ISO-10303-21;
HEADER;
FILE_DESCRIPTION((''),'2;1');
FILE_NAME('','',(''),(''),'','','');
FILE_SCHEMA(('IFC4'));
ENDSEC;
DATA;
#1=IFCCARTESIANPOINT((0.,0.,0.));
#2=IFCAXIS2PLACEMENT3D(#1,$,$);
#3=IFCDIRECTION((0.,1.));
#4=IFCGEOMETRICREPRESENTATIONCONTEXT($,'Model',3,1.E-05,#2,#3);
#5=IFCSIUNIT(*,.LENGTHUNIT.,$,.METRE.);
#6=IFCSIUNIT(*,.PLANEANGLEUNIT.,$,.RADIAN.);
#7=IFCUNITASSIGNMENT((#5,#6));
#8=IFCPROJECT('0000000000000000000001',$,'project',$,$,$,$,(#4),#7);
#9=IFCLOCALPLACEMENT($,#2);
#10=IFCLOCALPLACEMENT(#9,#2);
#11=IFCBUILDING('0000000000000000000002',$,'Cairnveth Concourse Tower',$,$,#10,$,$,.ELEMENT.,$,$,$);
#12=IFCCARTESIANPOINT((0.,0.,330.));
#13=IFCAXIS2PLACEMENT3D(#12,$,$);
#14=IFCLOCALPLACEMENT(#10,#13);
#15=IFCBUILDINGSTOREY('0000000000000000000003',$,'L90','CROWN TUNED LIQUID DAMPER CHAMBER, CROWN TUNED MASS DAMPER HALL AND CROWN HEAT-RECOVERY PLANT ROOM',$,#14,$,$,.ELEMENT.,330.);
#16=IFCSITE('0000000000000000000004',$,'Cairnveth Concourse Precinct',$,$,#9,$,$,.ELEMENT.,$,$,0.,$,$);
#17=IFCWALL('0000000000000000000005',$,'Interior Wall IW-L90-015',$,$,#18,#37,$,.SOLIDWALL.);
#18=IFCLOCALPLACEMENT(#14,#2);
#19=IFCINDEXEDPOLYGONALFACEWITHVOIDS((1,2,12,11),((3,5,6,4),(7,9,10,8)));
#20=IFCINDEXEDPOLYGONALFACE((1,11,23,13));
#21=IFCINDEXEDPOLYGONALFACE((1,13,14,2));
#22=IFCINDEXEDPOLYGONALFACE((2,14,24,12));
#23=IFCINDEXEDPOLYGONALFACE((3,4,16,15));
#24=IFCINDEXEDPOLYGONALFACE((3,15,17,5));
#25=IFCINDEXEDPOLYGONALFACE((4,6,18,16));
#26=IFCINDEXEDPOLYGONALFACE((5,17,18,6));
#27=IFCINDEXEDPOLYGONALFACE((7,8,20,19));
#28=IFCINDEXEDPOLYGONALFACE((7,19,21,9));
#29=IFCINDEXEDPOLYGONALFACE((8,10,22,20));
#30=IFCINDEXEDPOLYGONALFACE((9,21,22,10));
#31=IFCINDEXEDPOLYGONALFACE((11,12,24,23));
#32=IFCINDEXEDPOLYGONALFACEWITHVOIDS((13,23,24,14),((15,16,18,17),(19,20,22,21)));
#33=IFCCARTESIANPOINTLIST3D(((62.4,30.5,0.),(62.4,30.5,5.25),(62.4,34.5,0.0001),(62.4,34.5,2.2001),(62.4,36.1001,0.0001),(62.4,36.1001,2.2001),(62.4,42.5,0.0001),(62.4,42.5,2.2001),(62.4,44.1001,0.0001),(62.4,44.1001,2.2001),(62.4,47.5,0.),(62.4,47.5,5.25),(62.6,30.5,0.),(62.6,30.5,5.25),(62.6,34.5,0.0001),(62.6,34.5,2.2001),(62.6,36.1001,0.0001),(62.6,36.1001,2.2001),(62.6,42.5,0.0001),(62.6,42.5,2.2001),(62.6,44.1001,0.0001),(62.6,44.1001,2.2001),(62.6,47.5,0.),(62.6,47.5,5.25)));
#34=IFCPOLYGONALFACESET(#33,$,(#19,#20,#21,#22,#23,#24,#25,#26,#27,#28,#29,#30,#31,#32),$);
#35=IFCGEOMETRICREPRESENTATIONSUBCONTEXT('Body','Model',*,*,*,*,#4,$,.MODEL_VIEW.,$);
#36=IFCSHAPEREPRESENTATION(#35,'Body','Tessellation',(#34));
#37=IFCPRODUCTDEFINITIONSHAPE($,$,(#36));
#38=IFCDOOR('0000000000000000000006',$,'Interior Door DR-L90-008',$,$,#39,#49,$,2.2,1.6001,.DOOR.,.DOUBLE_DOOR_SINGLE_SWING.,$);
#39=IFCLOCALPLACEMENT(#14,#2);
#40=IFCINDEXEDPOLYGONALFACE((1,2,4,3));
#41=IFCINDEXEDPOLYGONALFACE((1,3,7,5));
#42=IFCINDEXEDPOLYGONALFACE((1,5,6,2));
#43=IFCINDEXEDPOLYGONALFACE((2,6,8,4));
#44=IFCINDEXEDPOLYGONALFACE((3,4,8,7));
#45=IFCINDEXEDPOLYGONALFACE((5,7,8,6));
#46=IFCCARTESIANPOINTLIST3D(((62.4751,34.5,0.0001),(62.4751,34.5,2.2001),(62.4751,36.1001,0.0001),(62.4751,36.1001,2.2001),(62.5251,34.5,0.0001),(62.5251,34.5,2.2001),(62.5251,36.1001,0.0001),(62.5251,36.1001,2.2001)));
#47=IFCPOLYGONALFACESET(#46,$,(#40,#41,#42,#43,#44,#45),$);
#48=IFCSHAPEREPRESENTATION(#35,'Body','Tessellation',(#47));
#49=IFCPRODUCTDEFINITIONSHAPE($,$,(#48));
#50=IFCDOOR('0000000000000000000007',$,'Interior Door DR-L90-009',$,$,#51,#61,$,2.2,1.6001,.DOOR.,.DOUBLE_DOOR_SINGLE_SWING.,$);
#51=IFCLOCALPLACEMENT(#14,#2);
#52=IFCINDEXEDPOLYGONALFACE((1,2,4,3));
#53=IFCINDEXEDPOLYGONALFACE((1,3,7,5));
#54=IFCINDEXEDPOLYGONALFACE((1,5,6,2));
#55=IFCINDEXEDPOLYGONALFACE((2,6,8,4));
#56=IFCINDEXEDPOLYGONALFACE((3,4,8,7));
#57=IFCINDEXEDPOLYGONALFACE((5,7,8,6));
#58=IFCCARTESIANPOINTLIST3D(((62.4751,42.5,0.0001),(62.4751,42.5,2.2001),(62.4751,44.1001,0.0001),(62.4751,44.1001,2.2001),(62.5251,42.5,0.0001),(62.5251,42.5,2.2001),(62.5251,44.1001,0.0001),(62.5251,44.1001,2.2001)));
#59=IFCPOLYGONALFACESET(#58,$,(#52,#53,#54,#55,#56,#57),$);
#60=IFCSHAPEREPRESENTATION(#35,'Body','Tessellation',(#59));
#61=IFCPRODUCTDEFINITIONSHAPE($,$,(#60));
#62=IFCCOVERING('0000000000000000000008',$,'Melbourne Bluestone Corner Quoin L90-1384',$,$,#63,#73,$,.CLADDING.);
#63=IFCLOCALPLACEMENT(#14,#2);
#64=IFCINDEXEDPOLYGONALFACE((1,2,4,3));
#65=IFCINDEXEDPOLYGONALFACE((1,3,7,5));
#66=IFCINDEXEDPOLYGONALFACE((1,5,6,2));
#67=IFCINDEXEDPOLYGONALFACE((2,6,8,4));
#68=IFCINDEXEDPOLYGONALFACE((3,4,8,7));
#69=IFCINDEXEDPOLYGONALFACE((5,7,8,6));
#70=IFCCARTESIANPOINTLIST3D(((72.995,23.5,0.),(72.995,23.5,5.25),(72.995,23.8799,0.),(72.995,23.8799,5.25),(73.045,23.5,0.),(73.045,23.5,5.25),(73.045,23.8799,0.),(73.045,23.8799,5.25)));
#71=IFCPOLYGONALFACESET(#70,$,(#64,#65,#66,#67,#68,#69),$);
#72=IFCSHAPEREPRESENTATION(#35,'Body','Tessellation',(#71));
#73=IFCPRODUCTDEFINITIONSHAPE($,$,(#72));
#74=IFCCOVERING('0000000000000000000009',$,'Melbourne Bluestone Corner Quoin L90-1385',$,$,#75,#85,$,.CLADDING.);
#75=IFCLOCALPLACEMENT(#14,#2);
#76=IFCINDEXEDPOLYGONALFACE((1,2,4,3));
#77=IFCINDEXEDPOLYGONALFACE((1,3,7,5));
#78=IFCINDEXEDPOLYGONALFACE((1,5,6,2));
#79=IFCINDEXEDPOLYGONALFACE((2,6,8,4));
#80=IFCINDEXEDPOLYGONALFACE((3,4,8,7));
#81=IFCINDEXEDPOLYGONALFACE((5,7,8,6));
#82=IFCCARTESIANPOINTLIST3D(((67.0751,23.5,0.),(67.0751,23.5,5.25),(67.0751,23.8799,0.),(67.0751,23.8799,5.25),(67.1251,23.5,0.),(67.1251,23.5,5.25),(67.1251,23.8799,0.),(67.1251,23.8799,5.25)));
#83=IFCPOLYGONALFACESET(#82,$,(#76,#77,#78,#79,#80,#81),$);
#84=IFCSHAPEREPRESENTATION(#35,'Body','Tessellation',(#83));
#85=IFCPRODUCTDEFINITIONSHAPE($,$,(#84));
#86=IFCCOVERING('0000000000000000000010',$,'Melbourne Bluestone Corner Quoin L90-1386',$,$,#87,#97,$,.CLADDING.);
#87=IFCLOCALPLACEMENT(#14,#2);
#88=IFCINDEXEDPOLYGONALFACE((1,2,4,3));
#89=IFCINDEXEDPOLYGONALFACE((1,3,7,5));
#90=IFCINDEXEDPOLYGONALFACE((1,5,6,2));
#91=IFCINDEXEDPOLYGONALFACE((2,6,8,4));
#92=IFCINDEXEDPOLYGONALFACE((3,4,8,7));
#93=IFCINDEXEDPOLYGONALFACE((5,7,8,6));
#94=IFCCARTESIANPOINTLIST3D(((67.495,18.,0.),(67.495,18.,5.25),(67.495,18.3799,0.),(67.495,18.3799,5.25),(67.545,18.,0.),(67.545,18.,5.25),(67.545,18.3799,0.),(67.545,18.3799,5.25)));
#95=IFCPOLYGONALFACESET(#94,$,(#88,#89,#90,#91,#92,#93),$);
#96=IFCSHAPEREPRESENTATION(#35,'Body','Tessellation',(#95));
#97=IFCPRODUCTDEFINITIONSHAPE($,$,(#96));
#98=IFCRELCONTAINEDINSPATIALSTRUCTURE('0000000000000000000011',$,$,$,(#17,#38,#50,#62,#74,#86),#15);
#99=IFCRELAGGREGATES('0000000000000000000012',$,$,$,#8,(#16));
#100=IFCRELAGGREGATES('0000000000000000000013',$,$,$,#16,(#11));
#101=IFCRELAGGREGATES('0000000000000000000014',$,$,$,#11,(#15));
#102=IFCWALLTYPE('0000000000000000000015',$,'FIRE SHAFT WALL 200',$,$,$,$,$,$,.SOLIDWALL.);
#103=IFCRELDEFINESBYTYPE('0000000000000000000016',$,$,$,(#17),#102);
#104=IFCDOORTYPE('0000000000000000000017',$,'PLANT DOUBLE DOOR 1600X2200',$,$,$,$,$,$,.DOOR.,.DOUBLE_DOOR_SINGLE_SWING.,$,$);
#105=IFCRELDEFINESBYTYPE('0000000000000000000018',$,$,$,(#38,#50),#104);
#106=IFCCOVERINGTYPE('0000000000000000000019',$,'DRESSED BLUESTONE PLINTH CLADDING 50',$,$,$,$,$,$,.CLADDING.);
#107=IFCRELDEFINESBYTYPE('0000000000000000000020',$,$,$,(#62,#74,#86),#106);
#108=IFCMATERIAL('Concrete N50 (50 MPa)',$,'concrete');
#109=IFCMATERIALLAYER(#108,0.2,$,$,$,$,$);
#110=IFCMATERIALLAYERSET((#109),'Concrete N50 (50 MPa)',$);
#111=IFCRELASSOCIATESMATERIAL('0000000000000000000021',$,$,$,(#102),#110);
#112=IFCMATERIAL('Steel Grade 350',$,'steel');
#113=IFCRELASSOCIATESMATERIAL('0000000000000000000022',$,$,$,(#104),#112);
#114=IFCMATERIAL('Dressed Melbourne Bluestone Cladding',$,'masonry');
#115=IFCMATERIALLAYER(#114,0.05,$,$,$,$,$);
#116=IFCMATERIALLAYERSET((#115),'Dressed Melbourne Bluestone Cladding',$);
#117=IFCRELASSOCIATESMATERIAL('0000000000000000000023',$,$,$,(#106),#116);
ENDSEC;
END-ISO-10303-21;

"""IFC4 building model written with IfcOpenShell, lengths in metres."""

from ifc_helpers import new_model, si_unit, direction, frame, frame_2d, origin, place, context, subcontext, project, spatial, rectangle, extrude, material, layer, layer_set, type_object, element, fill, save


model = new_model("IFC4")

# Units and contexts
model_context = context("Model", 3, precision=1e-05, world=origin(), true_north=direction((0.0, 1.0)))
body_context = subcontext(model_context, "Body", "Model", "MODEL_VIEW")
ifc_project = project(units=[si_unit("LENGTHUNIT", "METRE"), si_unit("PLANEANGLEUNIT", "RADIAN")], contexts=[model_context])

# Site, building, storey
site_placement = place(None, origin())
site = spatial("IfcSite", under=ifc_project, at=site_placement, Name="Cairnveth Concourse Precinct", CompositionType="ELEMENT", RefElevation=0.0)
building_placement = place(site_placement, origin())
building = spatial("IfcBuilding", under=site, at=building_placement, Name="Cairnveth Concourse Tower", CompositionType="ELEMENT")
storey_placement = place(building_placement, frame((0.0, 0.0, 330.0)))
storey = spatial("IfcBuildingStorey", under=building, at=storey_placement, Name="L90", Description="CROWN TUNED LIQUID DAMPER CHAMBER, CROWN TUNED MASS DAMPER HALL AND CROWN HEAT-RECOVERY PLANT ROOM", CompositionType="ELEMENT", Elevation=330.0)

# Shared definitions
ifc_material_1 = material(Name="Steel Grade 350", Category="steel")

# Wall, openings, doors
ifc_material_2 = material(Name="Concrete N50 (50 MPa)", Category="concrete")
ifc_layer_1 = layer(ifc_material_2, 0.2)
ifc_layer_set_1 = layer_set([ifc_layer_1], Name="Concrete N50 (50 MPa)")
wall_type_1 = type_object("IfcWallType", Name="FIRE SHAFT WALL 200", PredefinedType="SOLIDWALL", material=ifc_layer_set_1)
wall_1_placement = place(storey_placement, frame((62.5, 30.5, 0.0), z_axis=(0.0, 0.0, 1.0), x_axis=(0.0, 1.0, 0.0)))
wall_1 = element("IfcWall", 1, at=wall_1_placement, inside=storey, type_object=wall_type_1, Name="Interior Wall IW-L90-015", PredefinedType="SOLIDWALL", context=body_context, shape_type="SweptSolid", body=[
    extrude(rectangle(XDim=17.0, YDim=0.2, at=frame_2d((8.5, 0.0))), origin(), (0.0, 0.0, 1.0), 5.25),
])
opening_1_placement = place(wall_1_placement, frame((4.0, 0.0, 0.0)))
opening_1 = element("IfcOpeningElement", 2, at=opening_1_placement, cuts=wall_1, PredefinedType="OPENING", context=body_context, shape_type="SweptSolid", body=[
    extrude(rectangle(XDim=1.6001, YDim=2.2, at=frame_2d((0.8, 1.1001))), frame((0.0, 0.1099, 0.0), z_axis=(0.0, -1.0, 0.0), x_axis=(1.0, 0.0, 0.0)), (0.0, 0.0, 1.0), 0.22),
])
opening_2_placement = place(wall_1_placement, frame((12.0, 0.0, 0.0)))
opening_2 = element("IfcOpeningElement", 3, at=opening_2_placement, cuts=wall_1, PredefinedType="OPENING", context=body_context, shape_type="SweptSolid", body=[
    extrude(rectangle(XDim=1.6001, YDim=2.2, at=frame_2d((0.8, 1.1001))), frame((0.0, 0.1099, 0.0), z_axis=(0.0, -1.0, 0.0), x_axis=(1.0, 0.0, 0.0)), (0.0, 0.0, 1.0), 0.22),
])
door_type = type_object("IfcDoorType", Name="PLANT DOUBLE DOOR 1600X2200", OperationType="DOUBLE_DOOR_SINGLE_SWING", PredefinedType="DOOR", material=ifc_material_1)
door_1_placement = place(opening_1_placement, origin())
door_1 = element("IfcDoor", 4, at=door_1_placement, inside=storey, type_object=door_type, Name="Interior Door DR-L90-008", OperationType="DOUBLE_DOOR_SINGLE_SWING", OverallHeight=2.2, OverallWidth=1.6001, PredefinedType="DOOR", context=body_context, shape_type="SweptSolid", body=[
    extrude(rectangle(XDim=1.6001, YDim=2.2, at=frame_2d((0.8, 1.1001))), frame((0.0, 0.0249, 0.0), z_axis=(0.0, -1.0, 0.0), x_axis=(1.0, 0.0, 0.0)), (0.0, 0.0, 1.0), 0.05),
])
fill(opening_1, door_1)
door_2_placement = place(opening_2_placement, origin())
door_2 = element("IfcDoor", 5, at=door_2_placement, inside=storey, type_object=door_type, Name="Interior Door DR-L90-009", OperationType="DOUBLE_DOOR_SINGLE_SWING", OverallHeight=2.2, OverallWidth=1.6001, PredefinedType="DOOR", context=body_context, shape_type="SweptSolid", body=[
    extrude(rectangle(XDim=1.6001, YDim=2.2, at=frame_2d((0.8, 1.1001))), frame((0.0, 0.0249, 0.0), z_axis=(0.0, -1.0, 0.0), x_axis=(1.0, 0.0, 0.0)), (0.0, 0.0, 1.0), 0.05),
])
fill(opening_2, door_2)

# Coverings
ifc_material_3 = material(Name="Dressed Melbourne Bluestone Cladding", Category="masonry")
ifc_layer_2 = layer(ifc_material_3, 0.05)
ifc_layer_set_2 = layer_set([ifc_layer_2], Name="Dressed Melbourne Bluestone Cladding")
covering_type = type_object("IfcCoveringType", Name="DRESSED BLUESTONE PLINTH CLADDING 50", PredefinedType="CLADDING", material=ifc_layer_set_2)
for number, where, z_axis, x_axis, name in (
    (6, (73.02, 23.8799, 0.0), (0.0, 0.0, 1.0), (0.0, -1.0, 0.0), "Melbourne Bluestone Corner Quoin L90-1384"),
    (7, (67.1001, 23.8799, 0.0), (0.0, 0.0, 1.0), (0.0, -1.0, 0.0), "Melbourne Bluestone Corner Quoin L90-1385"),
    (8, (67.52, 18.3799, 0.0), (0.0, 0.0, 1.0), (0.0, -1.0, 0.0), "Melbourne Bluestone Corner Quoin L90-1386"),
):
    element("IfcCovering", number, at=place(storey_placement, frame(where, z_axis=z_axis, x_axis=x_axis)), inside=storey, type_object=covering_type, Name=name, PredefinedType="CLADDING", context=body_context, shape_type="SweptSolid", body=[
        extrude(rectangle(XDim=0.3799, YDim=0.05, at=frame_2d((0.1899, 0.0))), origin(), (0.0, 0.0, 1.0), 5.25),
    ])

save(model, "model.ifc")
